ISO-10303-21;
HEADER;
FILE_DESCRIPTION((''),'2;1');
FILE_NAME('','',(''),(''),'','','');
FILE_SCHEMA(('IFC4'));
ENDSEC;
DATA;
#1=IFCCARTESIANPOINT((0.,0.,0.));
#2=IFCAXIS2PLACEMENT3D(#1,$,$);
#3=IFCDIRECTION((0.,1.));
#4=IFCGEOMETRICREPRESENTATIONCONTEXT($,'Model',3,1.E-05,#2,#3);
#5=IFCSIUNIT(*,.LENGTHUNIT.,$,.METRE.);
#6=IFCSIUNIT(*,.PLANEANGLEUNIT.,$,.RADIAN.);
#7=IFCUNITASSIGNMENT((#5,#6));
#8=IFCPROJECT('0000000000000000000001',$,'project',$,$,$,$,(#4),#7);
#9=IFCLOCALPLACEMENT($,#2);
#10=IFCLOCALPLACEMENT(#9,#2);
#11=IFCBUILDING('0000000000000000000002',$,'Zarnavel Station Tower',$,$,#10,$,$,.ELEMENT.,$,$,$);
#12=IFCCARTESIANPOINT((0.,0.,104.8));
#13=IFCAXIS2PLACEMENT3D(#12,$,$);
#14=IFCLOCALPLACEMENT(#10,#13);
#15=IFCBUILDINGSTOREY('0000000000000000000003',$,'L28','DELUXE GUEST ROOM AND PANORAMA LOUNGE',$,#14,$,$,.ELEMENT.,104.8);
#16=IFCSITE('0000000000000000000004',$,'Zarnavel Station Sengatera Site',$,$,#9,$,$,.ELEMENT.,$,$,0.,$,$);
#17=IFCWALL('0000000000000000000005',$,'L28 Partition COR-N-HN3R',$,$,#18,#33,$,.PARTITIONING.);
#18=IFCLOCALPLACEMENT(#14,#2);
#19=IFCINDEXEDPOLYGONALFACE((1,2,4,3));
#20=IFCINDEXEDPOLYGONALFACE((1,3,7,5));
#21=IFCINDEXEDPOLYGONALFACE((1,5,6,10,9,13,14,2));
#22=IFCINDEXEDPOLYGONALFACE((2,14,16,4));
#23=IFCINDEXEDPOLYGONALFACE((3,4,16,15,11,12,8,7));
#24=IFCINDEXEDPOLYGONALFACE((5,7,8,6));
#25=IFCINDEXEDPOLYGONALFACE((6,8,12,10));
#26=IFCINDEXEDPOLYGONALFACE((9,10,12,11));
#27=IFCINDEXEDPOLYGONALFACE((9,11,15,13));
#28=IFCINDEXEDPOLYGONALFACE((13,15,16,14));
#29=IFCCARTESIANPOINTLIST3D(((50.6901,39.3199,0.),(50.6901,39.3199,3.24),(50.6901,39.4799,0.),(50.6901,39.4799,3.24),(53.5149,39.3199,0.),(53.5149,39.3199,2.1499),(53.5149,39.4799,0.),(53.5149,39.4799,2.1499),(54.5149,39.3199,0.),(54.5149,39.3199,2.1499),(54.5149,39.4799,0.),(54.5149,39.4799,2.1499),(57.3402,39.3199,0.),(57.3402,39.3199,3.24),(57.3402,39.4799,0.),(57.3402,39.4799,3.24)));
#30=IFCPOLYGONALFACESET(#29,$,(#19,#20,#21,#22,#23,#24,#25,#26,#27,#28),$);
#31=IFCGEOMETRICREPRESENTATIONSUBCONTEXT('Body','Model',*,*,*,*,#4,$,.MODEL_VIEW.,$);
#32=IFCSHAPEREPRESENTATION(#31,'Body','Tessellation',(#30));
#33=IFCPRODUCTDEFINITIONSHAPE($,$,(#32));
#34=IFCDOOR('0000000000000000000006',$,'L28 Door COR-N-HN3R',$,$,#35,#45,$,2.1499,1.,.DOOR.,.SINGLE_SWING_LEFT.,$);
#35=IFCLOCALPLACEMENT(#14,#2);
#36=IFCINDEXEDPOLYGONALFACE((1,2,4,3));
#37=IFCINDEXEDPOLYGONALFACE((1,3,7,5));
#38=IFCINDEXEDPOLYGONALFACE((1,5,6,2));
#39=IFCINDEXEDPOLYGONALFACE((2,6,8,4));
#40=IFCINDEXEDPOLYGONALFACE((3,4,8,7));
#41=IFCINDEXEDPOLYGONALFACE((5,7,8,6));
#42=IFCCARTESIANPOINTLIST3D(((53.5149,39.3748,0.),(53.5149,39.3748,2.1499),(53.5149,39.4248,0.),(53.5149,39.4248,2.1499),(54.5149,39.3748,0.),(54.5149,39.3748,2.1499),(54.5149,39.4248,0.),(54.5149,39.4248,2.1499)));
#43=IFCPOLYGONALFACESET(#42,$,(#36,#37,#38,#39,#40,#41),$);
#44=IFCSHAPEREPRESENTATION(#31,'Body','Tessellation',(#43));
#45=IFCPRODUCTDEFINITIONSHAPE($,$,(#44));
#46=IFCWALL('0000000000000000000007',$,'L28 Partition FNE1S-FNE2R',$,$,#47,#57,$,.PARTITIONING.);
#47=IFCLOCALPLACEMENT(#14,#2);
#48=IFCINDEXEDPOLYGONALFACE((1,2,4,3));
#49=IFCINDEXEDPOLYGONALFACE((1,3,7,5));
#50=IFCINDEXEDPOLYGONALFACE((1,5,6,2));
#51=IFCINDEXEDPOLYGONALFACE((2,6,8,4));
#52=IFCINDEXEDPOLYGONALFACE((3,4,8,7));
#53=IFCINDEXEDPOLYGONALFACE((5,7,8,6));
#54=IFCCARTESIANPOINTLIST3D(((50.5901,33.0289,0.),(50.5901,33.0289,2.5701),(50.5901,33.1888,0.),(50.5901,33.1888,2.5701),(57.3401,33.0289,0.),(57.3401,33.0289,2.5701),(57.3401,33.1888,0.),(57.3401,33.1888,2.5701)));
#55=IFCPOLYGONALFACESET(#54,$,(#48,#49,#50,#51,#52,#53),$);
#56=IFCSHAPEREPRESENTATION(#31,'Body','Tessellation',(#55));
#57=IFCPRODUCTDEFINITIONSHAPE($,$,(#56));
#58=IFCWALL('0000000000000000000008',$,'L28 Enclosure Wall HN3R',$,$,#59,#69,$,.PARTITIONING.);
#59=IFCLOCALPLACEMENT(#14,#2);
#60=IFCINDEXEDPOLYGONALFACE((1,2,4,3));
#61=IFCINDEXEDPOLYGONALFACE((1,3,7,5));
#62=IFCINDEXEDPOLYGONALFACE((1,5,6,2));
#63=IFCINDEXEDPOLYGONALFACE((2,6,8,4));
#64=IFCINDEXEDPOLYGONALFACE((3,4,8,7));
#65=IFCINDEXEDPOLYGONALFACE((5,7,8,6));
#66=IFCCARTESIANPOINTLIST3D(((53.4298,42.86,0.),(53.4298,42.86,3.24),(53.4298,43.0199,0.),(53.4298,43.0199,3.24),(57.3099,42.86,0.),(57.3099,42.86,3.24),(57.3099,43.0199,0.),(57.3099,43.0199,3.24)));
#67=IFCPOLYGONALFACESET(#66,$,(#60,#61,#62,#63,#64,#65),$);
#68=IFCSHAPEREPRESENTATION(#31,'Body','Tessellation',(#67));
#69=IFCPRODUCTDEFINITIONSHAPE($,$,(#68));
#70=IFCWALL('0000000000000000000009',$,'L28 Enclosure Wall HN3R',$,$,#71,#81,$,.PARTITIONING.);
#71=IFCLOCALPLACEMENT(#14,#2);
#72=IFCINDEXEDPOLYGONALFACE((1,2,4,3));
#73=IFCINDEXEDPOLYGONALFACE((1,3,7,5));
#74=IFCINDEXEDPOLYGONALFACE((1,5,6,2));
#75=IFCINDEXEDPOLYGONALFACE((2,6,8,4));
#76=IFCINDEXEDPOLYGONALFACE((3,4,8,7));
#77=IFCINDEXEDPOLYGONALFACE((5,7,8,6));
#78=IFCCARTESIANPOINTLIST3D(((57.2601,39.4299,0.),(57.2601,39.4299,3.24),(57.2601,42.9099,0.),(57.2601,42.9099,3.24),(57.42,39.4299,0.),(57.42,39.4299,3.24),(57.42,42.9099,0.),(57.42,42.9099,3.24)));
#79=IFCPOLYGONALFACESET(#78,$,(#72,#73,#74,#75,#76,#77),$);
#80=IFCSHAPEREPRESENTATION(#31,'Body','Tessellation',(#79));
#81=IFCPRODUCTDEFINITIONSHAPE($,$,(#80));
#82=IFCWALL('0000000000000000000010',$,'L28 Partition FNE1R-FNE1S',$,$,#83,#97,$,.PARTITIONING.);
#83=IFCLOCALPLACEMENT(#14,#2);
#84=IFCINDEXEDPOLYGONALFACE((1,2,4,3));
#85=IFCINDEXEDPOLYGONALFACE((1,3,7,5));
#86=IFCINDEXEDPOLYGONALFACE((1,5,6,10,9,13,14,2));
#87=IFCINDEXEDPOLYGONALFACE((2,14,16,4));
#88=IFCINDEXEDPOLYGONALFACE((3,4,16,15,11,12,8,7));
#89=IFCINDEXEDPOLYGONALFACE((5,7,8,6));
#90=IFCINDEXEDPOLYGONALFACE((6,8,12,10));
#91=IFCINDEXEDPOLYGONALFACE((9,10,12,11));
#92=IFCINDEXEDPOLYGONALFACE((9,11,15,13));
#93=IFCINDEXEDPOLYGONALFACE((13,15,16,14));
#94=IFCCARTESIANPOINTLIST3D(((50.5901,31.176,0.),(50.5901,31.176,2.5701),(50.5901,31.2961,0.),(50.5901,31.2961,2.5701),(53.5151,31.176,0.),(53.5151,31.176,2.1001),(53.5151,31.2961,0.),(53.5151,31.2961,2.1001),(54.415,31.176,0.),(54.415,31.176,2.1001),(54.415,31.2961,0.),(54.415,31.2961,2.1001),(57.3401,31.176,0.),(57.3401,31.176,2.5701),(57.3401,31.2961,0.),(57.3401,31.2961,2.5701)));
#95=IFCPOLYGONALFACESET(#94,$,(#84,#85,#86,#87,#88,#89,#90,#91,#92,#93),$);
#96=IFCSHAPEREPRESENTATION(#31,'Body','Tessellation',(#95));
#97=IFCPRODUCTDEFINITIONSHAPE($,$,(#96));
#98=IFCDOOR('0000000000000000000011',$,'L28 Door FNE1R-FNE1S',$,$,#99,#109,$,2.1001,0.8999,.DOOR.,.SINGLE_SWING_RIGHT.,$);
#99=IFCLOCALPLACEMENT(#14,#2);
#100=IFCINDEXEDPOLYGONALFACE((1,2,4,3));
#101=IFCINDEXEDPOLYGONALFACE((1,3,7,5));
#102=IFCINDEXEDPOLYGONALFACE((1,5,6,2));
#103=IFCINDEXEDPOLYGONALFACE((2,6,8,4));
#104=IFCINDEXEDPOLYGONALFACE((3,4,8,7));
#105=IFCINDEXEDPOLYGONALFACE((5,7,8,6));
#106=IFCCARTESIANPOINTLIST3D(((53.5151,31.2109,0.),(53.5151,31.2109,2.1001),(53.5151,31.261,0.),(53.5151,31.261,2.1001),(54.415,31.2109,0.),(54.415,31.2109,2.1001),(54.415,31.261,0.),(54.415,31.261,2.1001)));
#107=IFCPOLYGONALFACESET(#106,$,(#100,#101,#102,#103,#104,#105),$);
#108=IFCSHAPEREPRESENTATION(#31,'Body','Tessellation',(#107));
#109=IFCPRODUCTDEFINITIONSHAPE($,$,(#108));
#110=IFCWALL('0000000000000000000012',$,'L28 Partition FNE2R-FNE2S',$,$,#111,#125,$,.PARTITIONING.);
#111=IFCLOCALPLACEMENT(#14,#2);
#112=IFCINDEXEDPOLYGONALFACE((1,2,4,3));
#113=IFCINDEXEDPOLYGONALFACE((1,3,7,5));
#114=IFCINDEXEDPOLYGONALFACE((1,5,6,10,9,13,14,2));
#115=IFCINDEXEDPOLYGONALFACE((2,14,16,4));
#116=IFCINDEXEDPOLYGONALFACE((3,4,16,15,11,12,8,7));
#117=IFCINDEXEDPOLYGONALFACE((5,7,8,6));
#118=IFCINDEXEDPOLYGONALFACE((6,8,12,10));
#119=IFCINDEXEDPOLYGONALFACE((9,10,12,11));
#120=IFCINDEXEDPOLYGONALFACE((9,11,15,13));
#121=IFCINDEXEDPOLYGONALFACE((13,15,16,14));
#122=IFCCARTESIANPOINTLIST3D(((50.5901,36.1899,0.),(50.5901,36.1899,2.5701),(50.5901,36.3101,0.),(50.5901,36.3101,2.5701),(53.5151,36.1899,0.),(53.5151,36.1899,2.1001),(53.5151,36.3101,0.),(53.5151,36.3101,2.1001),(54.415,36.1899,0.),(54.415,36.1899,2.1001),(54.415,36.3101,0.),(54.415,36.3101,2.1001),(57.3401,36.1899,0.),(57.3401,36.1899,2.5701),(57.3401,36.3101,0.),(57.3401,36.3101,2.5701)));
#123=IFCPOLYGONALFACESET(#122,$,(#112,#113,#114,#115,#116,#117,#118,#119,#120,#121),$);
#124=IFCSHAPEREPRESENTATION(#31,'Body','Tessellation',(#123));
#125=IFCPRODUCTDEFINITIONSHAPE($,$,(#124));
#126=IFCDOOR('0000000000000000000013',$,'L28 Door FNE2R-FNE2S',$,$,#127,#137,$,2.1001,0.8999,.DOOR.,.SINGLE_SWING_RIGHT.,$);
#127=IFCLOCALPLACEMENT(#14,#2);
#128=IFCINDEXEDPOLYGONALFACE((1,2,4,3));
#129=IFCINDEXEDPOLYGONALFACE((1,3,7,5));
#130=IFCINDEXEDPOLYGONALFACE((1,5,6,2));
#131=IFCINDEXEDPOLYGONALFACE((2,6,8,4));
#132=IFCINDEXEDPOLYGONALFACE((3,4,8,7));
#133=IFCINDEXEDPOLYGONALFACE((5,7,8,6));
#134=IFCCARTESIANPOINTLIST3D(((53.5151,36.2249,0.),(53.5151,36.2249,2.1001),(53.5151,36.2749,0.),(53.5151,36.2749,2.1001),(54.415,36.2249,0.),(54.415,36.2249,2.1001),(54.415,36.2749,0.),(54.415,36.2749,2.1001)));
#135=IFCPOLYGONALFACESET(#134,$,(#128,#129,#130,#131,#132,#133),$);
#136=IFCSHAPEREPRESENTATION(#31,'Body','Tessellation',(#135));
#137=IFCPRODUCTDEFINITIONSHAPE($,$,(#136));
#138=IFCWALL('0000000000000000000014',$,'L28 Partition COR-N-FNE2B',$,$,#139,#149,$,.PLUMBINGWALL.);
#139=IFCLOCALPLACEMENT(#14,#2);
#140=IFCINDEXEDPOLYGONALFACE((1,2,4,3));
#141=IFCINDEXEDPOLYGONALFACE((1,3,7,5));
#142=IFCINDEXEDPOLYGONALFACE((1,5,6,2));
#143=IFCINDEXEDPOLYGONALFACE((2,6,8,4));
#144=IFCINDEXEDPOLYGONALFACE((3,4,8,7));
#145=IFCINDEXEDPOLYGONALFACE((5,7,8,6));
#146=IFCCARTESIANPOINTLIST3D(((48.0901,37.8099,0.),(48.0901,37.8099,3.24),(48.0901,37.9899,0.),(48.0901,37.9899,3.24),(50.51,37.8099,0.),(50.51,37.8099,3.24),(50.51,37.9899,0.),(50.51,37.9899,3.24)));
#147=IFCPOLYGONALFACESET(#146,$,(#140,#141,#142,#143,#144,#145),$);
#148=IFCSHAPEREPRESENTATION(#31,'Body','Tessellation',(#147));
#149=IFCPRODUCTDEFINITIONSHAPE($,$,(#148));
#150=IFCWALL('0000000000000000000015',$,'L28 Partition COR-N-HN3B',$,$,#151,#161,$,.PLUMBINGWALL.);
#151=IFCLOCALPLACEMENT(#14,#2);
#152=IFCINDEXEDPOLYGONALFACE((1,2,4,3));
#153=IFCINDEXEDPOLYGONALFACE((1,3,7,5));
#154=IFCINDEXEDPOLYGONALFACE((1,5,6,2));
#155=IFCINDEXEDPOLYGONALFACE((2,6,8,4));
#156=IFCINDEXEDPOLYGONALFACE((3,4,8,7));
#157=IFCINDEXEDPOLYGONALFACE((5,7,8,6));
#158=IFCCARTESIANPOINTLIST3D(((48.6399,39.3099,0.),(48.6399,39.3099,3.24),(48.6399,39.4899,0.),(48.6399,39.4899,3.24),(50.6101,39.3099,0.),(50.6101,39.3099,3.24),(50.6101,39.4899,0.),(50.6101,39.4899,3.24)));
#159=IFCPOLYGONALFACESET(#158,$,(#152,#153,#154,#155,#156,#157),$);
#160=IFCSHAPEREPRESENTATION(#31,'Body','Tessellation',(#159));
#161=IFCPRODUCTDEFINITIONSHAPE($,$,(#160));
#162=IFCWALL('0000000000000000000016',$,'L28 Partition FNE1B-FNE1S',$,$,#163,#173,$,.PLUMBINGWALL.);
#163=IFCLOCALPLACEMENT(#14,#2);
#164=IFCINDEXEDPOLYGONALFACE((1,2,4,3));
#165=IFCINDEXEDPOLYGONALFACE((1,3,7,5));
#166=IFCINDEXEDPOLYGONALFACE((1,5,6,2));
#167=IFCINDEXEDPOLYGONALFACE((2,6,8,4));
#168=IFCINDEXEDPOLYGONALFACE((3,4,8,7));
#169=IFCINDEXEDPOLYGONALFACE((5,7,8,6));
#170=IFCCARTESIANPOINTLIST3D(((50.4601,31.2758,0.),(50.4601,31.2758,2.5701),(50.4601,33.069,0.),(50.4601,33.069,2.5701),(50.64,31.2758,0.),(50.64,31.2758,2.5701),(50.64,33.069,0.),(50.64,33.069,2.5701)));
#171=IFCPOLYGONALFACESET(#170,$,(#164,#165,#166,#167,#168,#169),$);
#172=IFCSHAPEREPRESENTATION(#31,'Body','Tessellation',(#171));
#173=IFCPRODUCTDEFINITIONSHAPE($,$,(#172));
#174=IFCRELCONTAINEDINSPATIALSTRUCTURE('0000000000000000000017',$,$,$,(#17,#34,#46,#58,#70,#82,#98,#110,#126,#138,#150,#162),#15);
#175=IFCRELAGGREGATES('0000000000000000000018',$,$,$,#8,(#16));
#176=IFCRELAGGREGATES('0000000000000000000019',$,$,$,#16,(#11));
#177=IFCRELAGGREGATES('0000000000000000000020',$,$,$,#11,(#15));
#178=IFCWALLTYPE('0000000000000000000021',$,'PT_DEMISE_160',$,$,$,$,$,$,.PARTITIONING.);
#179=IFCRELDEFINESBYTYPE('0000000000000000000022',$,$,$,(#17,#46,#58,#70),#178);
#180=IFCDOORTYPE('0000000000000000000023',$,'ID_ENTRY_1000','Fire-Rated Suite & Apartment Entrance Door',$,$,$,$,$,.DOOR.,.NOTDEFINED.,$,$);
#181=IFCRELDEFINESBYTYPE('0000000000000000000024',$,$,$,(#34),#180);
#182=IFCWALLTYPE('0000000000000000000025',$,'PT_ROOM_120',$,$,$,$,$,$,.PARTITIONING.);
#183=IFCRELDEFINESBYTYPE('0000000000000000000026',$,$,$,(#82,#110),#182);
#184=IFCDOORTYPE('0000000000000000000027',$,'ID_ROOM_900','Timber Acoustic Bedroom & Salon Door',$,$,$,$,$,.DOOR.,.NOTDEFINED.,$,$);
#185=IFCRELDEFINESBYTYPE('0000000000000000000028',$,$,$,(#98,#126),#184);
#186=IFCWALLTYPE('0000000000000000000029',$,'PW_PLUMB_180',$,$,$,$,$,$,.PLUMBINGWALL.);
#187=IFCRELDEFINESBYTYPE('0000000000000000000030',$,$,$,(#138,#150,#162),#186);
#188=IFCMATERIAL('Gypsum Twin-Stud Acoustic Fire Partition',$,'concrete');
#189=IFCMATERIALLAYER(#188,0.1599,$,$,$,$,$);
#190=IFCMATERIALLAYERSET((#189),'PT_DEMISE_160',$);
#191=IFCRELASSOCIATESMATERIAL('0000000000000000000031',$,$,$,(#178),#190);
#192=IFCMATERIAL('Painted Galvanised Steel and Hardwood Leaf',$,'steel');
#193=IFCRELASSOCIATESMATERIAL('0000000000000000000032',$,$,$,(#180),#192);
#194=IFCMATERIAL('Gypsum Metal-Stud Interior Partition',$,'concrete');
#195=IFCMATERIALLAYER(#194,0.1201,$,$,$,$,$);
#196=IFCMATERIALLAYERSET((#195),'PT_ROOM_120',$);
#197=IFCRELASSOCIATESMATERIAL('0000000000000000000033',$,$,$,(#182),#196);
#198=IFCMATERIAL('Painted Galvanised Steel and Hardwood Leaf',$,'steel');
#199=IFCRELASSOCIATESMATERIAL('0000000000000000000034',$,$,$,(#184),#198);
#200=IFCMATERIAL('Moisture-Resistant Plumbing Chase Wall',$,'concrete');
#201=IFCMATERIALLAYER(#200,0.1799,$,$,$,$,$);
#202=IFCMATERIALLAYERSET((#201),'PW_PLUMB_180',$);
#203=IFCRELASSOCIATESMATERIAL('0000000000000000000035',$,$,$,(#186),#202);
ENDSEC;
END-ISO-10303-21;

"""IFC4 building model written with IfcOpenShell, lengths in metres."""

from ifc_helpers import new_model, si_unit, direction, frame, frame_2d, origin, place, context, subcontext, project, spatial, rectangle, extrude, material, layer, layer_set, type_object, element, fill, save


model = new_model("IFC4")

# Units and contexts
model_context = context("Model", 3, precision=1e-05, world=origin(), true_north=direction((0.0, 1.0)))
body_context = subcontext(model_context, "Body", "Model", "MODEL_VIEW")
ifc_project = project(units=[si_unit("LENGTHUNIT", "METRE"), si_unit("PLANEANGLEUNIT", "RADIAN")], contexts=[model_context])

# Site, building, storey
site_placement = place(None, origin())
site = spatial("IfcSite", under=ifc_project, at=site_placement, Name="Zarnavel Station Sengatera Site", CompositionType="ELEMENT", RefElevation=0.0)
building_placement = place(site_placement, origin())
building = spatial("IfcBuilding", under=site, at=building_placement, Name="Zarnavel Station Tower", CompositionType="ELEMENT")
storey_placement = place(building_placement, frame((0.0, 0.0, 104.8)))
storey = spatial("IfcBuildingStorey", under=building, at=storey_placement, Name="L28", Description="DELUXE GUEST ROOM AND PANORAMA LOUNGE", CompositionType="ELEMENT", Elevation=104.8)

# Shared definitions
ifc_material_1 = material(Name="Gypsum Twin-Stud Acoustic Fire Partition", Category="concrete")
ifc_layer_1 = layer(ifc_material_1, 0.1599)
ifc_layer_set_1 = layer_set([ifc_layer_1], Name="PT_DEMISE_160")
wall_type_1 = type_object("IfcWallType", Name="PT_DEMISE_160", PredefinedType="PARTITIONING", material=ifc_layer_set_1)

# Wall, opening, door
wall_1_placement = place(storey_placement, frame((50.6899, 39.3999, 0.0), z_axis=(0.0, 0.0, 1.0), x_axis=(1.0, 0.0, 0.0)))
wall_1 = element("IfcWall", 1, at=wall_1_placement, inside=storey, type_object=wall_type_1, Name="L28 Partition COR-N-HN3R", PredefinedType="PARTITIONING", context=body_context, shape_type="SweptSolid", body=[
    extrude(rectangle(XDim=6.6501, YDim=0.1599, at=frame_2d((3.3252, 0.0))), origin(), (0.0, 0.0, 1.0), 3.24),
])
opening_1_placement = place(wall_1_placement, frame((2.825, 0.0, 0.0)))
opening_1 = element("IfcOpeningElement", 2, at=opening_1_placement, cuts=wall_1, PredefinedType="OPENING", context=body_context, shape_type="SweptSolid", body=[
    extrude(rectangle(XDim=1.0, YDim=2.1499, at=frame_2d((0.5, 1.075))), frame((0.0, 0.0898, 0.0), z_axis=(0.0, -1.0, 0.0), x_axis=(1.0, 0.0, 0.0)), (0.0, 0.0, 1.0), 0.1799),
])
ifc_material_2 = material(Name="Painted Galvanised Steel and Hardwood Leaf", Category="steel")
door_type_1 = type_object("IfcDoorType", Name="ID_ENTRY_1000", Description="Fire-Rated Suite & Apartment Entrance Door", OperationType="NOTDEFINED", PredefinedType="DOOR", material=ifc_material_2)
door_1_placement = place(opening_1_placement, origin())
door_1 = element("IfcDoor", 3, at=door_1_placement, inside=storey, type_object=door_type_1, Name="L28 Door COR-N-HN3R", OperationType="SINGLE_SWING_LEFT", OverallHeight=2.1499, OverallWidth=1.0, PredefinedType="DOOR", context=body_context, shape_type="SweptSolid", body=[
    extrude(rectangle(XDim=1.0, YDim=2.1499, at=frame_2d((0.5, 1.075))), frame((0.0, 0.0249, 0.0), z_axis=(0.0, -1.0, 0.0), x_axis=(1.0, 0.0, 0.0)), (0.0, 0.0, 1.0), 0.05),
])
fill(opening_1, door_1)

# Walls
wall_2_placement = place(storey_placement, frame((50.5901, 33.1089, 0.0), z_axis=(0.0, 0.0, 1.0), x_axis=(1.0, 0.0, 0.0)))
element("IfcWall", 4, at=wall_2_placement, inside=storey, type_object=wall_type_1, Name="L28 Partition FNE1S-FNE2R", PredefinedType="PARTITIONING", context=body_context, shape_type="SweptSolid", body=[
    extrude(rectangle(XDim=6.75, YDim=0.1599, at=frame_2d((3.375, 0.0))), origin(), (0.0, 0.0, 1.0), 2.5701),
])
wall_3_placement = place(storey_placement, frame((53.4299, 42.9399, 0.0), z_axis=(0.0, 0.0, 1.0), x_axis=(1.0, 0.0, 0.0)))
element("IfcWall", 5, at=wall_3_placement, inside=storey, type_object=wall_type_1, Name="L28 Enclosure Wall HN3R", PredefinedType="PARTITIONING", context=body_context, shape_type="SweptSolid", body=[
    extrude(rectangle(XDim=3.8801, YDim=0.1599, at=frame_2d((1.9399, 0.0))), origin(), (0.0, 0.0, 1.0), 3.24),
])
wall_4_placement = place(storey_placement, frame((57.3401, 39.4299, 0.0), z_axis=(0.0, 0.0, 1.0), x_axis=(0.0, 1.0, 0.0)))
element("IfcWall", 6, at=wall_4_placement, inside=storey, type_object=wall_type_1, Name="L28 Enclosure Wall HN3R", PredefinedType="PARTITIONING", context=body_context, shape_type="SweptSolid", body=[
    extrude(rectangle(XDim=3.48, YDim=0.1599, at=frame_2d((1.74, 0.0))), origin(), (0.0, 0.0, 1.0), 3.24),
])

# Walls, openings, doors
ifc_material_3 = material(Name="Gypsum Metal-Stud Interior Partition", Category="concrete")
ifc_layer_2 = layer(ifc_material_3, 0.1201)
ifc_layer_set_2 = layer_set([ifc_layer_2], Name="PT_ROOM_120")
wall_type_2 = type_object("IfcWallType", Name="PT_ROOM_120", PredefinedType="PARTITIONING", material=ifc_layer_set_2)
wall_5_placement = place(storey_placement, frame((50.5901, 31.2361, 0.0), z_axis=(0.0, 0.0, 1.0), x_axis=(1.0, 0.0, 0.0)))
wall_5 = element("IfcWall", 7, at=wall_5_placement, inside=storey, type_object=wall_type_2, Name="L28 Partition FNE1R-FNE1S", PredefinedType="PARTITIONING", context=body_context, shape_type="SweptSolid", body=[
    extrude(rectangle(XDim=6.75, YDim=0.1201, at=frame_2d((3.375, 0.0))), origin(), (0.0, 0.0, 1.0), 2.5701),
])
opening_2_placement = place(wall_5_placement, frame((2.925, 0.0, 0.0)))
opening_2 = element("IfcOpeningElement", 8, at=opening_2_placement, cuts=wall_5, PredefinedType="OPENING", context=body_context, shape_type="SweptSolid", body=[
    extrude(rectangle(XDim=0.8999, YDim=2.1001, at=frame_2d((0.45, 1.05))), frame((0.0, 0.0701, 0.0), z_axis=(0.0, -1.0, 0.0), x_axis=(1.0, 0.0, 0.0)), (0.0, 0.0, 1.0), 0.1401),
])
ifc_material_4 = material(Name="Painted Galvanised Steel and Hardwood Leaf", Category="steel")
door_type_2 = type_object("IfcDoorType", Name="ID_ROOM_900", Description="Timber Acoustic Bedroom & Salon Door", OperationType="NOTDEFINED", PredefinedType="DOOR", material=ifc_material_4)
door_2_placement = place(opening_2_placement, origin())
door_2 = element("IfcDoor", 9, at=door_2_placement, inside=storey, type_object=door_type_2, Name="L28 Door FNE1R-FNE1S", OperationType="SINGLE_SWING_RIGHT", OverallHeight=2.1001, OverallWidth=0.8999, PredefinedType="DOOR", context=body_context, shape_type="SweptSolid", body=[
    extrude(rectangle(XDim=0.8999, YDim=2.1001, at=frame_2d((0.45, 1.05))), frame((0.0, 0.0249, 0.0), z_axis=(0.0, -1.0, 0.0), x_axis=(1.0, 0.0, 0.0)), (0.0, 0.0, 1.0), 0.05),
])
fill(opening_2, door_2)
wall_6_placement = place(storey_placement, frame((50.5901, 36.25, 0.0), z_axis=(0.0, 0.0, 1.0), x_axis=(1.0, 0.0, 0.0)))
wall_6 = element("IfcWall", 10, at=wall_6_placement, inside=storey, type_object=wall_type_2, Name="L28 Partition FNE2R-FNE2S", PredefinedType="PARTITIONING", context=body_context, shape_type="SweptSolid", body=[
    extrude(rectangle(XDim=6.75, YDim=0.1201, at=frame_2d((3.375, 0.0))), origin(), (0.0, 0.0, 1.0), 2.5701),
])
opening_3_placement = place(wall_6_placement, frame((2.925, 0.0, 0.0)))
opening_3 = element("IfcOpeningElement", 11, at=opening_3_placement, cuts=wall_6, PredefinedType="OPENING", context=body_context, shape_type="SweptSolid", body=[
    extrude(rectangle(XDim=0.8999, YDim=2.1001, at=frame_2d((0.45, 1.05))), frame((0.0, 0.0701, 0.0), z_axis=(0.0, -1.0, 0.0), x_axis=(1.0, 0.0, 0.0)), (0.0, 0.0, 1.0), 0.1401),
])
door_3_placement = place(opening_3_placement, origin())
door_3 = element("IfcDoor", 12, at=door_3_placement, inside=storey, type_object=door_type_2, Name="L28 Door FNE2R-FNE2S", OperationType="SINGLE_SWING_RIGHT", OverallHeight=2.1001, OverallWidth=0.8999, PredefinedType="DOOR", context=body_context, shape_type="SweptSolid", body=[
    extrude(rectangle(XDim=0.8999, YDim=2.1001, at=frame_2d((0.45, 1.05))), frame((0.0, 0.0249, 0.0), z_axis=(0.0, -1.0, 0.0), x_axis=(1.0, 0.0, 0.0)), (0.0, 0.0, 1.0), 0.05),
])
fill(opening_3, door_3)

# Walls
ifc_material_5 = material(Name="Moisture-Resistant Plumbing Chase Wall", Category="concrete")
ifc_layer_3 = layer(ifc_material_5, 0.1799)
ifc_layer_set_3 = layer_set([ifc_layer_3], Name="PW_PLUMB_180")
wall_type_3 = type_object("IfcWallType", Name="PW_PLUMB_180", PredefinedType="PLUMBINGWALL", material=ifc_layer_set_3)
wall_7_placement = place(storey_placement, frame((48.0901, 37.8999, 0.0), z_axis=(0.0, 0.0, 1.0), x_axis=(1.0, 0.0, 0.0)))
element("IfcWall", 13, at=wall_7_placement, inside=storey, type_object=wall_type_3, Name="L28 Partition COR-N-FNE2B", PredefinedType="PLUMBINGWALL", context=body_context, shape_type="SweptSolid", body=[
    extrude(rectangle(XDim=2.4199, YDim=0.1799, at=frame_2d((1.21, 0.0))), origin(), (0.0, 0.0, 1.0), 3.24),
])
wall_8_placement = place(storey_placement, frame((48.6399, 39.3999, 0.0), z_axis=(0.0, 0.0, 1.0), x_axis=(1.0, 0.0, 0.0)))
element("IfcWall", 14, at=wall_8_placement, inside=storey, type_object=wall_type_3, Name="L28 Partition COR-N-HN3B", PredefinedType="PLUMBINGWALL", context=body_context, shape_type="SweptSolid", body=[
    extrude(rectangle(XDim=1.9702, YDim=0.1799, at=frame_2d((0.9851, 0.0))), origin(), (0.0, 0.0, 1.0), 3.24),
])
wall_9_placement = place(storey_placement, frame((50.55, 31.2759, 0.0), z_axis=(0.0, 0.0, 1.0), x_axis=(0.0, 1.0, 0.0)))
element("IfcWall", 15, at=wall_9_placement, inside=storey, type_object=wall_type_3, Name="L28 Partition FNE1B-FNE1S", PredefinedType="PLUMBINGWALL", context=body_context, shape_type="SweptSolid", body=[
    extrude(rectangle(XDim=1.7932, YDim=0.1799, at=frame_2d((0.8965, 0.0))), origin(), (0.0, 0.0, 1.0), 2.5701),
])

save(model, "model.ifc")
